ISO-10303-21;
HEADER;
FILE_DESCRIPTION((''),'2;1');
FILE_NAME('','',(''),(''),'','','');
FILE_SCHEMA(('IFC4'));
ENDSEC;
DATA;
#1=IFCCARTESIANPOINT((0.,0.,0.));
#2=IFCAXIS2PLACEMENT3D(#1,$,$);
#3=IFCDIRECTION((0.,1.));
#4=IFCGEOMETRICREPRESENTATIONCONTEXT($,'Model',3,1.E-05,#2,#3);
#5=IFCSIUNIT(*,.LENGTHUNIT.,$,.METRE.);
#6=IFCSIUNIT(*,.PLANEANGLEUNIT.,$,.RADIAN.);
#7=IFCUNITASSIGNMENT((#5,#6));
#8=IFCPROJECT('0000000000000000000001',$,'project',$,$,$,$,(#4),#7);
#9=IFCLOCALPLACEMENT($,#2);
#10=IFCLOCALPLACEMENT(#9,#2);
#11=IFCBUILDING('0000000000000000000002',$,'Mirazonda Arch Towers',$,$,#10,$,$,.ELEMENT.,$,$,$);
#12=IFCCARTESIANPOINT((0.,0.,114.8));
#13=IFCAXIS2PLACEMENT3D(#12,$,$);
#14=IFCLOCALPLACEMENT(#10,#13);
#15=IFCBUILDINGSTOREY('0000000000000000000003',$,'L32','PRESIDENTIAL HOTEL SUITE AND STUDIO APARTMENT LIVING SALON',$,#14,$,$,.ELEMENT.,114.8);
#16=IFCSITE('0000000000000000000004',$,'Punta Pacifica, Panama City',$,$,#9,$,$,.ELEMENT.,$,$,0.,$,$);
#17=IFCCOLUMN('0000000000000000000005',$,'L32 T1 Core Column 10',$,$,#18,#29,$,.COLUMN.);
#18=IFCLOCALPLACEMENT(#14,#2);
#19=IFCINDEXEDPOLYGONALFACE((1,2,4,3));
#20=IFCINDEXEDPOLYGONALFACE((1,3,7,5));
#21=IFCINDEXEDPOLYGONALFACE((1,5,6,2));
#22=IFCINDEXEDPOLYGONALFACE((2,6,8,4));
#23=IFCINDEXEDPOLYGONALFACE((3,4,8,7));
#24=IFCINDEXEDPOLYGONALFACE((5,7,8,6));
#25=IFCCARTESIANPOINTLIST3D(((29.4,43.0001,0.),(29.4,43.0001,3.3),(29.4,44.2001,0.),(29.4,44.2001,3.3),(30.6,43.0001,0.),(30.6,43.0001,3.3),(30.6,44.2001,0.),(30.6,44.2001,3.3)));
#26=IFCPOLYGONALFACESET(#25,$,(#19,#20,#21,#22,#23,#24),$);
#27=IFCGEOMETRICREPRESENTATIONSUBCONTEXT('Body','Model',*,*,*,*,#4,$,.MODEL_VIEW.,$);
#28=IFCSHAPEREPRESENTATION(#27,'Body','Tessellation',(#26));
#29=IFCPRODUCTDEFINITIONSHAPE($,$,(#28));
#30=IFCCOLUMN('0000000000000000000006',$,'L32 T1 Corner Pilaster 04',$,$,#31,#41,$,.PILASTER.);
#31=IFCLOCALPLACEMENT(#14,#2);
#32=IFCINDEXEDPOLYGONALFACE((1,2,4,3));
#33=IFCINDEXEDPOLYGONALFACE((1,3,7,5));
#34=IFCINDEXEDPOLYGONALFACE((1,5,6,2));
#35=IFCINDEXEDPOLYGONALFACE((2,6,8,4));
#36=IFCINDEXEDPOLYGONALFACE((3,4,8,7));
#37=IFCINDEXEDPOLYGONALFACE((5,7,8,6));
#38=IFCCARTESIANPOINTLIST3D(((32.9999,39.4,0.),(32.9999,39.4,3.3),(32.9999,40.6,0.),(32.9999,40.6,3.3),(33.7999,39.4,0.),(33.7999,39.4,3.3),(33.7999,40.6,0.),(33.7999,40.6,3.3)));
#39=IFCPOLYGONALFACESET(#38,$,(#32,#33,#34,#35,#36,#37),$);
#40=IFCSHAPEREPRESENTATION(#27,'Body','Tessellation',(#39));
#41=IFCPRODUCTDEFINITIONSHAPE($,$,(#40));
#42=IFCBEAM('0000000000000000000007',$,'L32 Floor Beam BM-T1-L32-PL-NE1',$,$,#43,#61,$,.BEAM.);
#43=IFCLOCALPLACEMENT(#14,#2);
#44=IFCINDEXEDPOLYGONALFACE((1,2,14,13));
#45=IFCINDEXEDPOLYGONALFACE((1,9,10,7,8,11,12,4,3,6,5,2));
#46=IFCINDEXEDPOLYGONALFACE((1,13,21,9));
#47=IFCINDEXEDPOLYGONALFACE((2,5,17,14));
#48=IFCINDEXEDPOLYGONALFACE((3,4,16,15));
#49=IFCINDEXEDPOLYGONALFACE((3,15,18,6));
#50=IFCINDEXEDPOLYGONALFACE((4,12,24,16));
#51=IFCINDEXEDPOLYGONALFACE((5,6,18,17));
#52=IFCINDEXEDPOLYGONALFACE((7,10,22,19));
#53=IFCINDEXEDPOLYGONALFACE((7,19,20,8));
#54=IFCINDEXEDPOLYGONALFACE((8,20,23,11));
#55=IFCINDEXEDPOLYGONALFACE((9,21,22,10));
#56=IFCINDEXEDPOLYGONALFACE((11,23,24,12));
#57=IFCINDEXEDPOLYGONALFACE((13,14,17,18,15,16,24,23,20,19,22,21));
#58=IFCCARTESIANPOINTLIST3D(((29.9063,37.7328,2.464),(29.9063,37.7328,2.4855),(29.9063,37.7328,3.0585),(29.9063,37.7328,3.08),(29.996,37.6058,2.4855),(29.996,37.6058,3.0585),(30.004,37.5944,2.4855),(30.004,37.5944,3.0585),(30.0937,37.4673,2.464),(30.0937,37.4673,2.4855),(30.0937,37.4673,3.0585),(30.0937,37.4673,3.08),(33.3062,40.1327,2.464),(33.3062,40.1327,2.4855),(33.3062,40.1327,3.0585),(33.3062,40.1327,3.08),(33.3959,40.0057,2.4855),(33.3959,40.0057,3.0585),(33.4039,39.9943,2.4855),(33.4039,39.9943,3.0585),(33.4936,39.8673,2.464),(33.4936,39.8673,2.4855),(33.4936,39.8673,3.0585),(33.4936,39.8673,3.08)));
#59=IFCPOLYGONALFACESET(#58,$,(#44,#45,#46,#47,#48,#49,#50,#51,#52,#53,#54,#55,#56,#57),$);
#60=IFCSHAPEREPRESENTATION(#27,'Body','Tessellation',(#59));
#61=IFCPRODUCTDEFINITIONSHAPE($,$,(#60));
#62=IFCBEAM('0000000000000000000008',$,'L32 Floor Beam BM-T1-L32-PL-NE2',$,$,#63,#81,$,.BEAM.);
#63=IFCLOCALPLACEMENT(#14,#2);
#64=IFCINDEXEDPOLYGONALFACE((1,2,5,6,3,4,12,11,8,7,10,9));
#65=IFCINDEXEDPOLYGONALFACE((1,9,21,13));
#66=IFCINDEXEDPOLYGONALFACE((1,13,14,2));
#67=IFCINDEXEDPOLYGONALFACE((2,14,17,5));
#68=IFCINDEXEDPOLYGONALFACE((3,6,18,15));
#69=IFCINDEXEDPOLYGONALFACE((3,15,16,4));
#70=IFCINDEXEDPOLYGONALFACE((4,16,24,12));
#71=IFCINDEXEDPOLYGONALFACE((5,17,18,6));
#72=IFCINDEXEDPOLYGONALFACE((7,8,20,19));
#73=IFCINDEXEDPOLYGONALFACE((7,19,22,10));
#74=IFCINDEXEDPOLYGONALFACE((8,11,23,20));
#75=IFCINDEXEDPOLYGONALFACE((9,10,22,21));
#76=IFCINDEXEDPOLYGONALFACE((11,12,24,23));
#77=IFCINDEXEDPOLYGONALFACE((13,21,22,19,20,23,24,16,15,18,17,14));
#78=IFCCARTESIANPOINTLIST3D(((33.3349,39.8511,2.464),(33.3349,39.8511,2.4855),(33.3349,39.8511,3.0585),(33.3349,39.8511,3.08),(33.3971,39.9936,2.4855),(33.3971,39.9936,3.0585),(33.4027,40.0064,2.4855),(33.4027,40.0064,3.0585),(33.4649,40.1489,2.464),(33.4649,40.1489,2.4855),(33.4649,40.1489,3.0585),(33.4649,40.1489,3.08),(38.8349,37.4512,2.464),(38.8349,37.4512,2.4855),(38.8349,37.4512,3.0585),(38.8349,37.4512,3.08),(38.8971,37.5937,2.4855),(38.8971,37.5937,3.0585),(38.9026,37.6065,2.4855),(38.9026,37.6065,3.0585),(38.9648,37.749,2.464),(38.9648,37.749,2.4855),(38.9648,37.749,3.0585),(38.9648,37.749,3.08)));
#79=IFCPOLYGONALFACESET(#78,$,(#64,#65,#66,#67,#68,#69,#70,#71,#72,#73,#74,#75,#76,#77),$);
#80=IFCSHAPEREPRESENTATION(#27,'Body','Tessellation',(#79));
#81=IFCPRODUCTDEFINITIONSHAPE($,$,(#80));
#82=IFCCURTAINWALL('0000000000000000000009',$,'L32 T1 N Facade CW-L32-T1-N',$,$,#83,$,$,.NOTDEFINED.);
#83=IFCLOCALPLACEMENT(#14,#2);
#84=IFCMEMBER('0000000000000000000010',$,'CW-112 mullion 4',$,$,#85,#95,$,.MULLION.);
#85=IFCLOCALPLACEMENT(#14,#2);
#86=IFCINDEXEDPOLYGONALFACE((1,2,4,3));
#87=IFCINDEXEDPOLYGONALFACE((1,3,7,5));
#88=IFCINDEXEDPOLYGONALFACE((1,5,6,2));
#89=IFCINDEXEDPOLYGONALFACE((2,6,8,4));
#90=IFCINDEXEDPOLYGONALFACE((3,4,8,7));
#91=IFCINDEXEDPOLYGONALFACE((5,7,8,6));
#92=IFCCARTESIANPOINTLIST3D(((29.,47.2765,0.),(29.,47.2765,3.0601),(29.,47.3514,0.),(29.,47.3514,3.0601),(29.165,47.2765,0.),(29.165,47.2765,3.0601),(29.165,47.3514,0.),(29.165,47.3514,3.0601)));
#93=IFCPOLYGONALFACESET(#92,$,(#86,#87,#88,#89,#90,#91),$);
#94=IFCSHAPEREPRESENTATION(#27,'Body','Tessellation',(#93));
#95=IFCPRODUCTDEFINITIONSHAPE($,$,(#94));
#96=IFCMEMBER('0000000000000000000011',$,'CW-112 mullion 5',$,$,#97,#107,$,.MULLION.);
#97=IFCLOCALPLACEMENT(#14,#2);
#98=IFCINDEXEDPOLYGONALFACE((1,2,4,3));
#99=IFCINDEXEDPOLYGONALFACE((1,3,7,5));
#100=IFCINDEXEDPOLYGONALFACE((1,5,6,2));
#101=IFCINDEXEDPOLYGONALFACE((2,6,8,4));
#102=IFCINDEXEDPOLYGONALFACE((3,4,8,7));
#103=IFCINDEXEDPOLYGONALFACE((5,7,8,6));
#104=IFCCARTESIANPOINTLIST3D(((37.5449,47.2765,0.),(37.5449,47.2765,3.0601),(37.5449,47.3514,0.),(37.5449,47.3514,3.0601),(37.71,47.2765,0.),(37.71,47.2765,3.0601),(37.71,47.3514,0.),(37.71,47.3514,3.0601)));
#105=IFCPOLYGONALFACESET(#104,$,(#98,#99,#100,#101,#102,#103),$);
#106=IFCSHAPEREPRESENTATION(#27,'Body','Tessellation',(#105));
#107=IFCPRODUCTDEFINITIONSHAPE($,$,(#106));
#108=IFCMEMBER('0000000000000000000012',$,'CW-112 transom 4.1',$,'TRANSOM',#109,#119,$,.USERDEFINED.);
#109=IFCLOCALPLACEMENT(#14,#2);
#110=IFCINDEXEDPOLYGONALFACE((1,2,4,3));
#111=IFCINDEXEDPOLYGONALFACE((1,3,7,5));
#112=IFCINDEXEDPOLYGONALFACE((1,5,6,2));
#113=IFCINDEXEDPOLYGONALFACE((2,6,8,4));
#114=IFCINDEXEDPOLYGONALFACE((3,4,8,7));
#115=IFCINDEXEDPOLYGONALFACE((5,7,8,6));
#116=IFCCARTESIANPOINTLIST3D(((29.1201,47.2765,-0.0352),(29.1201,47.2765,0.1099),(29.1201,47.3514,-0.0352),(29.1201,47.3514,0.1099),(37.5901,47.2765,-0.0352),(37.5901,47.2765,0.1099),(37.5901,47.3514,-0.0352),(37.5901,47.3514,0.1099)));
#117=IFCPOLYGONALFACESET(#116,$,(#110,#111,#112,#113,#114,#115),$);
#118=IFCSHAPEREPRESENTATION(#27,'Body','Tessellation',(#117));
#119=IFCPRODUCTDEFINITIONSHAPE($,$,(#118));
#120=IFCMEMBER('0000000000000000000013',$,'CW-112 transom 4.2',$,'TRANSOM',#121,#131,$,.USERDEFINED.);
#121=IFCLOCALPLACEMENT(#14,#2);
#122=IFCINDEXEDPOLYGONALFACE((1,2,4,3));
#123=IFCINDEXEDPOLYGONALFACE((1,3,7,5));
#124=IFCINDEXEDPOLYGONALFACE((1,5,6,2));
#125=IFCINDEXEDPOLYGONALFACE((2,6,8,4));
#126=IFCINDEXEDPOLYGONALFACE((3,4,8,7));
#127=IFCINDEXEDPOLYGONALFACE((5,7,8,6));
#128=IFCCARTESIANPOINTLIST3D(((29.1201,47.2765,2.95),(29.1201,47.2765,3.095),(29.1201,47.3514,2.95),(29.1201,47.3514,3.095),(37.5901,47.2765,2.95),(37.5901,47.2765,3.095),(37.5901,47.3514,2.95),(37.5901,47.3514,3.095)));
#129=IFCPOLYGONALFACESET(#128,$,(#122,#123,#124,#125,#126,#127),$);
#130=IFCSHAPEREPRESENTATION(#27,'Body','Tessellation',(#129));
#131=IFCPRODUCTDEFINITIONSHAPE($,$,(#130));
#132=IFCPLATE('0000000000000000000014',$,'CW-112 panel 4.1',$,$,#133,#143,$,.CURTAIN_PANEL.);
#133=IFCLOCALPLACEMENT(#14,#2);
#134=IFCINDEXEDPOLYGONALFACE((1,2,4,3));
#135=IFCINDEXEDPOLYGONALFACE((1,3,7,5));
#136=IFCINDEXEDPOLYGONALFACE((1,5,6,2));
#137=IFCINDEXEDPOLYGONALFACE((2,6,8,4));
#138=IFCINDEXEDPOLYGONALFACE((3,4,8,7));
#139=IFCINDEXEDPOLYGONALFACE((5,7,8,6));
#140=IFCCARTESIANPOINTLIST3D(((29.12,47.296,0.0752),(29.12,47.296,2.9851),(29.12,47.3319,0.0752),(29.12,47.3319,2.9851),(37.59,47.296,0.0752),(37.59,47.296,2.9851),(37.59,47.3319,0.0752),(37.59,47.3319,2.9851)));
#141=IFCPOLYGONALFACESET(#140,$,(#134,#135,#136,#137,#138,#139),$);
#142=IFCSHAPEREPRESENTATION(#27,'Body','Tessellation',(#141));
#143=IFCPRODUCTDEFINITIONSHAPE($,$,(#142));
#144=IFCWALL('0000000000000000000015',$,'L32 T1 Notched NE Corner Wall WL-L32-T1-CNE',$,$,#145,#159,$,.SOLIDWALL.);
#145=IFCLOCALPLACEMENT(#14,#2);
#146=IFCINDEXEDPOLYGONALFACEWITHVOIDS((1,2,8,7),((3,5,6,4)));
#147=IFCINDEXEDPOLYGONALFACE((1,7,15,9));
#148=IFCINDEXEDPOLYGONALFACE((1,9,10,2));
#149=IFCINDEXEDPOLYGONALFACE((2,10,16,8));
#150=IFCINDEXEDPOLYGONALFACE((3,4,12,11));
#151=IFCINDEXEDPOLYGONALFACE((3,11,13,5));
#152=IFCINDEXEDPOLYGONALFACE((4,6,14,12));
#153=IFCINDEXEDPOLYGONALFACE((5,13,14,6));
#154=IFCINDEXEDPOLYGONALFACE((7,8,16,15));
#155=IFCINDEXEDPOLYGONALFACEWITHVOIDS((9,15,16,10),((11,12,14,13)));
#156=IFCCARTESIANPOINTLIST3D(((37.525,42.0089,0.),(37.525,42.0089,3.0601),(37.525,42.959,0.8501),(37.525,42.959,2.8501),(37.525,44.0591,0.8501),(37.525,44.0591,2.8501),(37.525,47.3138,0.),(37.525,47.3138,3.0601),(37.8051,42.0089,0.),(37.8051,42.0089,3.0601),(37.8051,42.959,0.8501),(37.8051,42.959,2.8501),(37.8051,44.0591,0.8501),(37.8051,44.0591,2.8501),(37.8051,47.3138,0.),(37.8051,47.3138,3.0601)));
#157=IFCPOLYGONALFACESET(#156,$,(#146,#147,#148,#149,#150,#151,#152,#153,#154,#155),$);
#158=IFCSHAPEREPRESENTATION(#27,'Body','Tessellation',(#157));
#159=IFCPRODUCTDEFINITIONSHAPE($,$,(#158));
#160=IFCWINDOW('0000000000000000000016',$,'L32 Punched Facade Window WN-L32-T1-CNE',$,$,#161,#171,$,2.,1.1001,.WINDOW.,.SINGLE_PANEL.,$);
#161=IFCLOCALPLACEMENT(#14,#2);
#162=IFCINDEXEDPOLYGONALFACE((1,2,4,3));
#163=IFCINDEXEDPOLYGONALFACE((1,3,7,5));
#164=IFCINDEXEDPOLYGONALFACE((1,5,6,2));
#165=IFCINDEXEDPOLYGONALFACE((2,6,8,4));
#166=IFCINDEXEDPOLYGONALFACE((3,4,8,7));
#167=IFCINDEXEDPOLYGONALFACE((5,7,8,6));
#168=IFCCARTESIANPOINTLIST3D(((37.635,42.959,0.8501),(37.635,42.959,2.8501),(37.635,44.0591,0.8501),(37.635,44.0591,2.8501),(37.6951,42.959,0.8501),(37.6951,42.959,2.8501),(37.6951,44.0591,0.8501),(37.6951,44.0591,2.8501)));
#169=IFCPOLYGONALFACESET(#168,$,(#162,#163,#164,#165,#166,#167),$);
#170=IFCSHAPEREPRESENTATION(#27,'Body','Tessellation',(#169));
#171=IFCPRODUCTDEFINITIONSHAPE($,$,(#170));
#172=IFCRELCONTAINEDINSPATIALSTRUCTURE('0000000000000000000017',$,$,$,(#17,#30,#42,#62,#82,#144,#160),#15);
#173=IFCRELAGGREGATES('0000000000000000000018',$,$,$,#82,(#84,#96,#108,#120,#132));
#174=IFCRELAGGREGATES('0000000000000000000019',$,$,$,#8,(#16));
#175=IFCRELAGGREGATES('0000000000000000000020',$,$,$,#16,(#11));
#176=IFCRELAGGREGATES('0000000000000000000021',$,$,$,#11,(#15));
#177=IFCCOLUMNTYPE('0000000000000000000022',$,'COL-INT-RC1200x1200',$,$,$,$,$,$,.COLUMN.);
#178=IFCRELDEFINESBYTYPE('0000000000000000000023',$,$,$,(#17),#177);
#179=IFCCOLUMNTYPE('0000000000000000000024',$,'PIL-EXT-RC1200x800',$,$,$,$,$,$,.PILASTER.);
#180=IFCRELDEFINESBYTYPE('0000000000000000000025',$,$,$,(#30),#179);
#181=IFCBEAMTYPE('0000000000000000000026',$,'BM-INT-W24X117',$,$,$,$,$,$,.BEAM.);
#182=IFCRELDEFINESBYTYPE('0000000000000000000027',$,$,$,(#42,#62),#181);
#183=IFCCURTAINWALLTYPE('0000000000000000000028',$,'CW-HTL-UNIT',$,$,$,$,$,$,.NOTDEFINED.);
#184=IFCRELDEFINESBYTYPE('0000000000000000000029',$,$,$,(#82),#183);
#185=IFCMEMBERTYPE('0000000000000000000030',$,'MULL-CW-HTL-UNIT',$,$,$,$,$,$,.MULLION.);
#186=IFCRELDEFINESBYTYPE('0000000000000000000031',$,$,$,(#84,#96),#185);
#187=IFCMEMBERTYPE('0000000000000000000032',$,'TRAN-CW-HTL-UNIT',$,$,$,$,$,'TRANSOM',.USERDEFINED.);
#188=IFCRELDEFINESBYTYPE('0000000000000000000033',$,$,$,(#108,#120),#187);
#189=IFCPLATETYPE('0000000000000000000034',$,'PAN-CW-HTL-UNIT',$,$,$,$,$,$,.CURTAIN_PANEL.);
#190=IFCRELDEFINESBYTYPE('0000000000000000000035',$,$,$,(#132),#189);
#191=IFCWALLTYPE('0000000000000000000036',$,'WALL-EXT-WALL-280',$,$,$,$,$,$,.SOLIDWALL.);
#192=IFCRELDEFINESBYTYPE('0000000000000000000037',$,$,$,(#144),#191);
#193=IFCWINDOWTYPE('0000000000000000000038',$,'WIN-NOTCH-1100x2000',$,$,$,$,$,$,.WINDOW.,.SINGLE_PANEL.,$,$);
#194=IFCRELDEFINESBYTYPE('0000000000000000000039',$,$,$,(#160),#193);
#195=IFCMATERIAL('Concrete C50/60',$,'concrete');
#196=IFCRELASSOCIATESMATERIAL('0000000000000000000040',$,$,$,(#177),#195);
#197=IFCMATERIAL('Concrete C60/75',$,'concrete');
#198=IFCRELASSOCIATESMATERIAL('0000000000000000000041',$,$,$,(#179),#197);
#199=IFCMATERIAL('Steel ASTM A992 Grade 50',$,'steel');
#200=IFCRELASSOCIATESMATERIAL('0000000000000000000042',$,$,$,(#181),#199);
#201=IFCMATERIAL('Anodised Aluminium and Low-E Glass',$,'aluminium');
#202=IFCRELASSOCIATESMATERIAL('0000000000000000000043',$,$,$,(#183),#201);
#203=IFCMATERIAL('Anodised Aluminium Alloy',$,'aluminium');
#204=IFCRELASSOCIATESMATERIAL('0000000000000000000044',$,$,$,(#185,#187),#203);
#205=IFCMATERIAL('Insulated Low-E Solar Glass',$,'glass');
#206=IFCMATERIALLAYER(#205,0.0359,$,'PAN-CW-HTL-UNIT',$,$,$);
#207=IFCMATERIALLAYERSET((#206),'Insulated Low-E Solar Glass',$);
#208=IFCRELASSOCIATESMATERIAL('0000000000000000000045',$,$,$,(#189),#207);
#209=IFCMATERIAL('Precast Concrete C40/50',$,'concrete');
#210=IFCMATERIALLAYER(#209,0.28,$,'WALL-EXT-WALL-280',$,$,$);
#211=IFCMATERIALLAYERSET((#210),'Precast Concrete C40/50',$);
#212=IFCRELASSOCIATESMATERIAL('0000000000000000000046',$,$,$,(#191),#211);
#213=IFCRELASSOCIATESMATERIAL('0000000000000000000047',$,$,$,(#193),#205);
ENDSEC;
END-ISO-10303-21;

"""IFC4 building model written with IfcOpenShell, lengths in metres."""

from ifc_helpers import new_model, si_unit, direction, frame, frame_2d, origin, origin_2d, place, context, subcontext, project, spatial, rectangle, i_section, extrude, material, layer, layer_set, material_profile, profile_set, type_object, element, fill, aggregate, save


model = new_model("IFC4")

# Units and contexts
model_context = context("Model", 3, precision=1e-05, world=origin(), true_north=direction((0.0, 1.0)))
body_context = subcontext(model_context, "Body", "Model", "MODEL_VIEW")
ifc_project = project(units=[si_unit("LENGTHUNIT", "METRE"), si_unit("PLANEANGLEUNIT", "RADIAN")], contexts=[model_context])

# Site, building, storey
site_placement = place(None, origin())
site = spatial("IfcSite", under=ifc_project, at=site_placement, Name="Punta Pacifica, Panama City", CompositionType="ELEMENT", RefElevation=0.0)
building_placement = place(site_placement, origin())
building = spatial("IfcBuilding", under=site, at=building_placement, Name="Mirazonda Arch Towers", CompositionType="ELEMENT")
storey_placement = place(building_placement, frame((0.0, 0.0, 114.8)))
storey = spatial("IfcBuildingStorey", under=building, at=storey_placement, Name="L32", Description="PRESIDENTIAL HOTEL SUITE AND STUDIO APARTMENT LIVING SALON", CompositionType="ELEMENT", Elevation=114.8)

# Columns
ifc_material_1 = material(Name="Concrete C50/60", Category="concrete")
ifc_material_profile_1 = material_profile(ifc_material_1, rectangle(XDim=1.2, YDim=1.2, at=origin_2d()), Name="RC1200x1200")
ifc_profile_set_1 = profile_set([ifc_material_profile_1], Name="Concrete C50/60")
column_type_1 = type_object("IfcColumnType", Name="COL-INT-RC1200x1200", PredefinedType="COLUMN", material=ifc_profile_set_1)
column_1_placement = place(storey_placement, frame((30.0, 43.6001, 0.0), z_axis=(0.0, 0.0, 1.0), x_axis=(1.0, 0.0, 0.0)))
element("IfcColumn", 1, at=column_1_placement, inside=storey, type_object=column_type_1, Name="L32 T1 Core Column 10", PredefinedType="COLUMN", context=body_context, shape_type="SweptSolid", body=[
    extrude(rectangle(XDim=1.2, YDim=1.2, at=origin_2d()), origin(), (0.0, 0.0, 1.0), 3.3),
])
ifc_material_2 = material(Name="Concrete C60/75", Category="concrete")
ifc_material_profile_2 = material_profile(ifc_material_2, rectangle(XDim=0.8, YDim=1.2, at=origin_2d()), Name="RC1200x800")
ifc_profile_set_2 = profile_set([ifc_material_profile_2], Name="Concrete C60/75")
column_type_2 = type_object("IfcColumnType", Name="PIL-EXT-RC1200x800", PredefinedType="PILASTER", material=ifc_profile_set_2)
column_2_placement = place(storey_placement, frame((33.3999, 40.0, 0.0), z_axis=(0.0, 0.0, 1.0), x_axis=(1.0, 0.0, 0.0)))
element("IfcColumn", 2, at=column_2_placement, inside=storey, type_object=column_type_2, Name="L32 T1 Corner Pilaster 04", PredefinedType="PILASTER", context=body_context, shape_type="SweptSolid", body=[
    extrude(rectangle(XDim=0.8, YDim=1.2, at=origin_2d()), origin(), (0.0, 0.0, 1.0), 3.3),
])

# Beams
ifc_material_3 = material(Name="Steel ASTM A992 Grade 50", Category="steel")
ifc_material_profile_3 = material_profile(ifc_material_3, i_section(OverallWidth=0.325, OverallDepth=0.616, WebThickness=0.0139, FlangeThickness=0.0215, at=origin_2d()), Name="W24X117")
ifc_profile_set_3 = profile_set([ifc_material_profile_3], Name="Steel ASTM A992 Grade 50")
beam_type = type_object("IfcBeamType", Name="BM-INT-W24X117", PredefinedType="BEAM", material=ifc_profile_set_3)
beam_1_placement = place(storey_placement, frame((33.3999, 40.0, 2.772), z_axis=(-0.816971, -0.576679, 0.0), x_axis=(0.576679, -0.816971, 0.0)))
element("IfcBeam", 3, at=beam_1_placement, inside=storey, type_object=beam_type, Name="L32 Floor Beam BM-T1-L32-PL-NE1", PredefinedType="BEAM", context=body_context, shape_type="SweptSolid", body=[
    extrude(i_section(OverallWidth=0.325, OverallDepth=0.616, WebThickness=0.0139, FlangeThickness=0.0215, at=origin_2d()), origin(), (0.0, 0.0, 1.0), 4.1616),
])
beam_2_placement = place(storey_placement, frame((33.3999, 40.0, 2.772), z_axis=(0.916545, -0.399931, 0.0), x_axis=(0.399931, 0.916545, 0.0)))
element("IfcBeam", 4, at=beam_2_placement, inside=storey, type_object=beam_type, Name="L32 Floor Beam BM-T1-L32-PL-NE2", PredefinedType="BEAM", context=body_context, shape_type="SweptSolid", body=[
    extrude(i_section(OverallWidth=0.325, OverallDepth=0.616, WebThickness=0.0139, FlangeThickness=0.0215, at=origin_2d()), origin(), (0.0, 0.0, 1.0), 6.0007),
])

# Curtain wall, members, plate
ifc_material_4 = material(Name="Anodised Aluminium and Low-E Glass", Category="aluminium")
curtain_wall_type = type_object("IfcCurtainWallType", Name="CW-HTL-UNIT", PredefinedType="NOTDEFINED", material=ifc_material_4)
curtain_wall_placement = place(storey_placement, origin())
curtain_wall = element("IfcCurtainWall", 5, at=curtain_wall_placement, inside=storey, type_object=curtain_wall_type, Name="L32 T1 N Facade CW-L32-T1-N", PredefinedType="NOTDEFINED")
ifc_material_5 = material(Name="Anodised Aluminium Alloy", Category="aluminium")
ifc_material_profile_4 = material_profile(ifc_material_5, rectangle(XDim=0.075, YDim=0.165, at=origin_2d()), Name="ALU-MULL-75x165")
ifc_profile_set_4 = profile_set([ifc_material_profile_4], Name="Anodised Aluminium Alloy")
member_type_1 = type_object("IfcMemberType", Name="MULL-CW-HTL-UNIT", PredefinedType="MULLION", material=ifc_profile_set_4)
member_1_placement = place(storey_placement, frame((29.0825, 47.314, 0.0), z_axis=(0.0, 0.0, 1.0), x_axis=(0.0, 1.0, 0.0)))
member_1 = element("IfcMember", 6, at=member_1_placement, type_object=member_type_1, Name="CW-112 mullion 4", PredefinedType="MULLION", context=body_context, shape_type="SweptSolid", body=[
    extrude(rectangle(XDim=0.075, YDim=0.165, at=origin_2d()), origin(), (0.0, 0.0, 1.0), 3.0601),
])
member_2_placement = place(storey_placement, frame((37.6274, 47.314, 0.0), z_axis=(0.0, 0.0, 1.0), x_axis=(0.0, 1.0, 0.0)))
member_2 = element("IfcMember", 7, at=member_2_placement, type_object=member_type_1, Name="CW-112 mullion 5", PredefinedType="MULLION", context=body_context, shape_type="SweptSolid", body=[
    extrude(rectangle(XDim=0.075, YDim=0.165, at=origin_2d()), origin(), (0.0, 0.0, 1.0), 3.0601),
])
ifc_material_profile_5 = material_profile(ifc_material_5, rectangle(XDim=0.075, YDim=0.145, at=origin_2d()), Name="ALU-TRAN-75x145")
ifc_profile_set_5 = profile_set([ifc_material_profile_5], Name="Anodised Aluminium Alloy")
member_type_2 = type_object("IfcMemberType", Name="TRAN-CW-HTL-UNIT", ElementType="TRANSOM", PredefinedType="USERDEFINED", material=ifc_profile_set_5)
member_3_placement = place(storey_placement, frame((29.1201, 47.314, 0.0374), z_axis=(1.0, 0.0, 0.0), x_axis=(0.0, 1.0, 0.0)))
member_3 = element("IfcMember", 8, at=member_3_placement, type_object=member_type_2, Name="CW-112 transom 4.1", ObjectType="TRANSOM", PredefinedType="USERDEFINED", context=body_context, shape_type="SweptSolid", body=[
    extrude(rectangle(XDim=0.075, YDim=0.145, at=origin_2d()), origin(), (0.0, 0.0, 1.0), 8.47),
])
member_4_placement = place(storey_placement, frame((29.1201, 47.314, 3.0225), z_axis=(1.0, 0.0, 0.0), x_axis=(0.0, 1.0, 0.0)))
member_4 = element("IfcMember", 9, at=member_4_placement, type_object=member_type_2, Name="CW-112 transom 4.2", ObjectType="TRANSOM", PredefinedType="USERDEFINED", context=body_context, shape_type="SweptSolid", body=[
    extrude(rectangle(XDim=0.075, YDim=0.145, at=origin_2d()), origin(), (0.0, 0.0, 1.0), 8.47),
])
ifc_material_6 = material(Name="Insulated Low-E Solar Glass", Category="glass")
ifc_layer_1 = layer(ifc_material_6, 0.0359, Name="PAN-CW-HTL-UNIT")
ifc_layer_set_1 = layer_set([ifc_layer_1], Name="Insulated Low-E Solar Glass")
plate_type = type_object("IfcPlateType", Name="PAN-CW-HTL-UNIT", PredefinedType="CURTAIN_PANEL", material=ifc_layer_set_1)
plate_placement = place(storey_placement, frame((33.355, 47.314, 0.0752), z_axis=(0.0, 0.0, 1.0), x_axis=(1.0, 0.0, 0.0)))
plate = element("IfcPlate", 10, at=plate_placement, type_object=plate_type, Name="CW-112 panel 4.1", PredefinedType="CURTAIN_PANEL", context=body_context, shape_type="SweptSolid", body=[
    extrude(rectangle(XDim=8.47, YDim=0.0359, at=origin_2d()), origin(), (0.0, 0.0, 1.0), 2.9099),
])
aggregate(curtain_wall, [member_1, member_2, member_3, member_4, plate])

# Wall, opening, window
ifc_material_7 = material(Name="Precast Concrete C40/50", Category="concrete")
ifc_layer_2 = layer(ifc_material_7, 0.28, Name="WALL-EXT-WALL-280")
ifc_layer_set_2 = layer_set([ifc_layer_2], Name="Precast Concrete C40/50")
wall_type_1 = type_object("IfcWallType", Name="WALL-EXT-WALL-280", PredefinedType="SOLIDWALL", material=ifc_layer_set_2)
wall_1_placement = place(storey_placement, frame((37.665, 42.009, 0.0), z_axis=(0.0, 0.0, 1.0), x_axis=(0.0, 1.0, 0.0)))
wall_1 = element("IfcWall", 11, at=wall_1_placement, inside=storey, type_object=wall_type_1, Name="L32 T1 Notched NE Corner Wall WL-L32-T1-CNE", PredefinedType="SOLIDWALL", context=body_context, shape_type="SweptSolid", body=[
    extrude(rectangle(XDim=5.3049, YDim=0.28, at=frame_2d((2.6523, 0.0))), origin(), (0.0, 0.0, 1.0), 3.0601),
])
opening_1_placement = place(wall_1_placement, frame((0.95, 0.0, 0.8501)))
opening_1 = element("IfcOpeningElement", 12, at=opening_1_placement, cuts=wall_1, PredefinedType="OPENING", context=body_context, shape_type="SweptSolid", body=[
    extrude(rectangle(XDim=1.1001, YDim=2.0, at=frame_2d((0.55, 1.0))), frame((0.0, 0.1499, 0.0), z_axis=(0.0, -1.0, 0.0), x_axis=(1.0, 0.0, 0.0)), (0.0, 0.0, 1.0), 0.3),
])
window_type = type_object("IfcWindowType", Name="WIN-NOTCH-1100x2000", PartitioningType="SINGLE_PANEL", PredefinedType="WINDOW", material=ifc_material_6)
window_placement = place(opening_1_placement, origin())
window = element("IfcWindow", 13, at=window_placement, inside=storey, type_object=window_type, Name="L32 Punched Facade Window WN-L32-T1-CNE", OverallHeight=2.0, OverallWidth=1.1001, PartitioningType="SINGLE_PANEL", PredefinedType="WINDOW", context=body_context, shape_type="SweptSolid", body=[
    extrude(rectangle(XDim=1.1001, YDim=2.0, at=frame_2d((0.55, 1.0))), frame((0.0, 0.03, 0.0), z_axis=(0.0, -1.0, 0.0), x_axis=(1.0, 0.0, 0.0)), (0.0, 0.0, 1.0), 0.0601),
])
fill(opening_1, window)

save(model, "model.ifc")
